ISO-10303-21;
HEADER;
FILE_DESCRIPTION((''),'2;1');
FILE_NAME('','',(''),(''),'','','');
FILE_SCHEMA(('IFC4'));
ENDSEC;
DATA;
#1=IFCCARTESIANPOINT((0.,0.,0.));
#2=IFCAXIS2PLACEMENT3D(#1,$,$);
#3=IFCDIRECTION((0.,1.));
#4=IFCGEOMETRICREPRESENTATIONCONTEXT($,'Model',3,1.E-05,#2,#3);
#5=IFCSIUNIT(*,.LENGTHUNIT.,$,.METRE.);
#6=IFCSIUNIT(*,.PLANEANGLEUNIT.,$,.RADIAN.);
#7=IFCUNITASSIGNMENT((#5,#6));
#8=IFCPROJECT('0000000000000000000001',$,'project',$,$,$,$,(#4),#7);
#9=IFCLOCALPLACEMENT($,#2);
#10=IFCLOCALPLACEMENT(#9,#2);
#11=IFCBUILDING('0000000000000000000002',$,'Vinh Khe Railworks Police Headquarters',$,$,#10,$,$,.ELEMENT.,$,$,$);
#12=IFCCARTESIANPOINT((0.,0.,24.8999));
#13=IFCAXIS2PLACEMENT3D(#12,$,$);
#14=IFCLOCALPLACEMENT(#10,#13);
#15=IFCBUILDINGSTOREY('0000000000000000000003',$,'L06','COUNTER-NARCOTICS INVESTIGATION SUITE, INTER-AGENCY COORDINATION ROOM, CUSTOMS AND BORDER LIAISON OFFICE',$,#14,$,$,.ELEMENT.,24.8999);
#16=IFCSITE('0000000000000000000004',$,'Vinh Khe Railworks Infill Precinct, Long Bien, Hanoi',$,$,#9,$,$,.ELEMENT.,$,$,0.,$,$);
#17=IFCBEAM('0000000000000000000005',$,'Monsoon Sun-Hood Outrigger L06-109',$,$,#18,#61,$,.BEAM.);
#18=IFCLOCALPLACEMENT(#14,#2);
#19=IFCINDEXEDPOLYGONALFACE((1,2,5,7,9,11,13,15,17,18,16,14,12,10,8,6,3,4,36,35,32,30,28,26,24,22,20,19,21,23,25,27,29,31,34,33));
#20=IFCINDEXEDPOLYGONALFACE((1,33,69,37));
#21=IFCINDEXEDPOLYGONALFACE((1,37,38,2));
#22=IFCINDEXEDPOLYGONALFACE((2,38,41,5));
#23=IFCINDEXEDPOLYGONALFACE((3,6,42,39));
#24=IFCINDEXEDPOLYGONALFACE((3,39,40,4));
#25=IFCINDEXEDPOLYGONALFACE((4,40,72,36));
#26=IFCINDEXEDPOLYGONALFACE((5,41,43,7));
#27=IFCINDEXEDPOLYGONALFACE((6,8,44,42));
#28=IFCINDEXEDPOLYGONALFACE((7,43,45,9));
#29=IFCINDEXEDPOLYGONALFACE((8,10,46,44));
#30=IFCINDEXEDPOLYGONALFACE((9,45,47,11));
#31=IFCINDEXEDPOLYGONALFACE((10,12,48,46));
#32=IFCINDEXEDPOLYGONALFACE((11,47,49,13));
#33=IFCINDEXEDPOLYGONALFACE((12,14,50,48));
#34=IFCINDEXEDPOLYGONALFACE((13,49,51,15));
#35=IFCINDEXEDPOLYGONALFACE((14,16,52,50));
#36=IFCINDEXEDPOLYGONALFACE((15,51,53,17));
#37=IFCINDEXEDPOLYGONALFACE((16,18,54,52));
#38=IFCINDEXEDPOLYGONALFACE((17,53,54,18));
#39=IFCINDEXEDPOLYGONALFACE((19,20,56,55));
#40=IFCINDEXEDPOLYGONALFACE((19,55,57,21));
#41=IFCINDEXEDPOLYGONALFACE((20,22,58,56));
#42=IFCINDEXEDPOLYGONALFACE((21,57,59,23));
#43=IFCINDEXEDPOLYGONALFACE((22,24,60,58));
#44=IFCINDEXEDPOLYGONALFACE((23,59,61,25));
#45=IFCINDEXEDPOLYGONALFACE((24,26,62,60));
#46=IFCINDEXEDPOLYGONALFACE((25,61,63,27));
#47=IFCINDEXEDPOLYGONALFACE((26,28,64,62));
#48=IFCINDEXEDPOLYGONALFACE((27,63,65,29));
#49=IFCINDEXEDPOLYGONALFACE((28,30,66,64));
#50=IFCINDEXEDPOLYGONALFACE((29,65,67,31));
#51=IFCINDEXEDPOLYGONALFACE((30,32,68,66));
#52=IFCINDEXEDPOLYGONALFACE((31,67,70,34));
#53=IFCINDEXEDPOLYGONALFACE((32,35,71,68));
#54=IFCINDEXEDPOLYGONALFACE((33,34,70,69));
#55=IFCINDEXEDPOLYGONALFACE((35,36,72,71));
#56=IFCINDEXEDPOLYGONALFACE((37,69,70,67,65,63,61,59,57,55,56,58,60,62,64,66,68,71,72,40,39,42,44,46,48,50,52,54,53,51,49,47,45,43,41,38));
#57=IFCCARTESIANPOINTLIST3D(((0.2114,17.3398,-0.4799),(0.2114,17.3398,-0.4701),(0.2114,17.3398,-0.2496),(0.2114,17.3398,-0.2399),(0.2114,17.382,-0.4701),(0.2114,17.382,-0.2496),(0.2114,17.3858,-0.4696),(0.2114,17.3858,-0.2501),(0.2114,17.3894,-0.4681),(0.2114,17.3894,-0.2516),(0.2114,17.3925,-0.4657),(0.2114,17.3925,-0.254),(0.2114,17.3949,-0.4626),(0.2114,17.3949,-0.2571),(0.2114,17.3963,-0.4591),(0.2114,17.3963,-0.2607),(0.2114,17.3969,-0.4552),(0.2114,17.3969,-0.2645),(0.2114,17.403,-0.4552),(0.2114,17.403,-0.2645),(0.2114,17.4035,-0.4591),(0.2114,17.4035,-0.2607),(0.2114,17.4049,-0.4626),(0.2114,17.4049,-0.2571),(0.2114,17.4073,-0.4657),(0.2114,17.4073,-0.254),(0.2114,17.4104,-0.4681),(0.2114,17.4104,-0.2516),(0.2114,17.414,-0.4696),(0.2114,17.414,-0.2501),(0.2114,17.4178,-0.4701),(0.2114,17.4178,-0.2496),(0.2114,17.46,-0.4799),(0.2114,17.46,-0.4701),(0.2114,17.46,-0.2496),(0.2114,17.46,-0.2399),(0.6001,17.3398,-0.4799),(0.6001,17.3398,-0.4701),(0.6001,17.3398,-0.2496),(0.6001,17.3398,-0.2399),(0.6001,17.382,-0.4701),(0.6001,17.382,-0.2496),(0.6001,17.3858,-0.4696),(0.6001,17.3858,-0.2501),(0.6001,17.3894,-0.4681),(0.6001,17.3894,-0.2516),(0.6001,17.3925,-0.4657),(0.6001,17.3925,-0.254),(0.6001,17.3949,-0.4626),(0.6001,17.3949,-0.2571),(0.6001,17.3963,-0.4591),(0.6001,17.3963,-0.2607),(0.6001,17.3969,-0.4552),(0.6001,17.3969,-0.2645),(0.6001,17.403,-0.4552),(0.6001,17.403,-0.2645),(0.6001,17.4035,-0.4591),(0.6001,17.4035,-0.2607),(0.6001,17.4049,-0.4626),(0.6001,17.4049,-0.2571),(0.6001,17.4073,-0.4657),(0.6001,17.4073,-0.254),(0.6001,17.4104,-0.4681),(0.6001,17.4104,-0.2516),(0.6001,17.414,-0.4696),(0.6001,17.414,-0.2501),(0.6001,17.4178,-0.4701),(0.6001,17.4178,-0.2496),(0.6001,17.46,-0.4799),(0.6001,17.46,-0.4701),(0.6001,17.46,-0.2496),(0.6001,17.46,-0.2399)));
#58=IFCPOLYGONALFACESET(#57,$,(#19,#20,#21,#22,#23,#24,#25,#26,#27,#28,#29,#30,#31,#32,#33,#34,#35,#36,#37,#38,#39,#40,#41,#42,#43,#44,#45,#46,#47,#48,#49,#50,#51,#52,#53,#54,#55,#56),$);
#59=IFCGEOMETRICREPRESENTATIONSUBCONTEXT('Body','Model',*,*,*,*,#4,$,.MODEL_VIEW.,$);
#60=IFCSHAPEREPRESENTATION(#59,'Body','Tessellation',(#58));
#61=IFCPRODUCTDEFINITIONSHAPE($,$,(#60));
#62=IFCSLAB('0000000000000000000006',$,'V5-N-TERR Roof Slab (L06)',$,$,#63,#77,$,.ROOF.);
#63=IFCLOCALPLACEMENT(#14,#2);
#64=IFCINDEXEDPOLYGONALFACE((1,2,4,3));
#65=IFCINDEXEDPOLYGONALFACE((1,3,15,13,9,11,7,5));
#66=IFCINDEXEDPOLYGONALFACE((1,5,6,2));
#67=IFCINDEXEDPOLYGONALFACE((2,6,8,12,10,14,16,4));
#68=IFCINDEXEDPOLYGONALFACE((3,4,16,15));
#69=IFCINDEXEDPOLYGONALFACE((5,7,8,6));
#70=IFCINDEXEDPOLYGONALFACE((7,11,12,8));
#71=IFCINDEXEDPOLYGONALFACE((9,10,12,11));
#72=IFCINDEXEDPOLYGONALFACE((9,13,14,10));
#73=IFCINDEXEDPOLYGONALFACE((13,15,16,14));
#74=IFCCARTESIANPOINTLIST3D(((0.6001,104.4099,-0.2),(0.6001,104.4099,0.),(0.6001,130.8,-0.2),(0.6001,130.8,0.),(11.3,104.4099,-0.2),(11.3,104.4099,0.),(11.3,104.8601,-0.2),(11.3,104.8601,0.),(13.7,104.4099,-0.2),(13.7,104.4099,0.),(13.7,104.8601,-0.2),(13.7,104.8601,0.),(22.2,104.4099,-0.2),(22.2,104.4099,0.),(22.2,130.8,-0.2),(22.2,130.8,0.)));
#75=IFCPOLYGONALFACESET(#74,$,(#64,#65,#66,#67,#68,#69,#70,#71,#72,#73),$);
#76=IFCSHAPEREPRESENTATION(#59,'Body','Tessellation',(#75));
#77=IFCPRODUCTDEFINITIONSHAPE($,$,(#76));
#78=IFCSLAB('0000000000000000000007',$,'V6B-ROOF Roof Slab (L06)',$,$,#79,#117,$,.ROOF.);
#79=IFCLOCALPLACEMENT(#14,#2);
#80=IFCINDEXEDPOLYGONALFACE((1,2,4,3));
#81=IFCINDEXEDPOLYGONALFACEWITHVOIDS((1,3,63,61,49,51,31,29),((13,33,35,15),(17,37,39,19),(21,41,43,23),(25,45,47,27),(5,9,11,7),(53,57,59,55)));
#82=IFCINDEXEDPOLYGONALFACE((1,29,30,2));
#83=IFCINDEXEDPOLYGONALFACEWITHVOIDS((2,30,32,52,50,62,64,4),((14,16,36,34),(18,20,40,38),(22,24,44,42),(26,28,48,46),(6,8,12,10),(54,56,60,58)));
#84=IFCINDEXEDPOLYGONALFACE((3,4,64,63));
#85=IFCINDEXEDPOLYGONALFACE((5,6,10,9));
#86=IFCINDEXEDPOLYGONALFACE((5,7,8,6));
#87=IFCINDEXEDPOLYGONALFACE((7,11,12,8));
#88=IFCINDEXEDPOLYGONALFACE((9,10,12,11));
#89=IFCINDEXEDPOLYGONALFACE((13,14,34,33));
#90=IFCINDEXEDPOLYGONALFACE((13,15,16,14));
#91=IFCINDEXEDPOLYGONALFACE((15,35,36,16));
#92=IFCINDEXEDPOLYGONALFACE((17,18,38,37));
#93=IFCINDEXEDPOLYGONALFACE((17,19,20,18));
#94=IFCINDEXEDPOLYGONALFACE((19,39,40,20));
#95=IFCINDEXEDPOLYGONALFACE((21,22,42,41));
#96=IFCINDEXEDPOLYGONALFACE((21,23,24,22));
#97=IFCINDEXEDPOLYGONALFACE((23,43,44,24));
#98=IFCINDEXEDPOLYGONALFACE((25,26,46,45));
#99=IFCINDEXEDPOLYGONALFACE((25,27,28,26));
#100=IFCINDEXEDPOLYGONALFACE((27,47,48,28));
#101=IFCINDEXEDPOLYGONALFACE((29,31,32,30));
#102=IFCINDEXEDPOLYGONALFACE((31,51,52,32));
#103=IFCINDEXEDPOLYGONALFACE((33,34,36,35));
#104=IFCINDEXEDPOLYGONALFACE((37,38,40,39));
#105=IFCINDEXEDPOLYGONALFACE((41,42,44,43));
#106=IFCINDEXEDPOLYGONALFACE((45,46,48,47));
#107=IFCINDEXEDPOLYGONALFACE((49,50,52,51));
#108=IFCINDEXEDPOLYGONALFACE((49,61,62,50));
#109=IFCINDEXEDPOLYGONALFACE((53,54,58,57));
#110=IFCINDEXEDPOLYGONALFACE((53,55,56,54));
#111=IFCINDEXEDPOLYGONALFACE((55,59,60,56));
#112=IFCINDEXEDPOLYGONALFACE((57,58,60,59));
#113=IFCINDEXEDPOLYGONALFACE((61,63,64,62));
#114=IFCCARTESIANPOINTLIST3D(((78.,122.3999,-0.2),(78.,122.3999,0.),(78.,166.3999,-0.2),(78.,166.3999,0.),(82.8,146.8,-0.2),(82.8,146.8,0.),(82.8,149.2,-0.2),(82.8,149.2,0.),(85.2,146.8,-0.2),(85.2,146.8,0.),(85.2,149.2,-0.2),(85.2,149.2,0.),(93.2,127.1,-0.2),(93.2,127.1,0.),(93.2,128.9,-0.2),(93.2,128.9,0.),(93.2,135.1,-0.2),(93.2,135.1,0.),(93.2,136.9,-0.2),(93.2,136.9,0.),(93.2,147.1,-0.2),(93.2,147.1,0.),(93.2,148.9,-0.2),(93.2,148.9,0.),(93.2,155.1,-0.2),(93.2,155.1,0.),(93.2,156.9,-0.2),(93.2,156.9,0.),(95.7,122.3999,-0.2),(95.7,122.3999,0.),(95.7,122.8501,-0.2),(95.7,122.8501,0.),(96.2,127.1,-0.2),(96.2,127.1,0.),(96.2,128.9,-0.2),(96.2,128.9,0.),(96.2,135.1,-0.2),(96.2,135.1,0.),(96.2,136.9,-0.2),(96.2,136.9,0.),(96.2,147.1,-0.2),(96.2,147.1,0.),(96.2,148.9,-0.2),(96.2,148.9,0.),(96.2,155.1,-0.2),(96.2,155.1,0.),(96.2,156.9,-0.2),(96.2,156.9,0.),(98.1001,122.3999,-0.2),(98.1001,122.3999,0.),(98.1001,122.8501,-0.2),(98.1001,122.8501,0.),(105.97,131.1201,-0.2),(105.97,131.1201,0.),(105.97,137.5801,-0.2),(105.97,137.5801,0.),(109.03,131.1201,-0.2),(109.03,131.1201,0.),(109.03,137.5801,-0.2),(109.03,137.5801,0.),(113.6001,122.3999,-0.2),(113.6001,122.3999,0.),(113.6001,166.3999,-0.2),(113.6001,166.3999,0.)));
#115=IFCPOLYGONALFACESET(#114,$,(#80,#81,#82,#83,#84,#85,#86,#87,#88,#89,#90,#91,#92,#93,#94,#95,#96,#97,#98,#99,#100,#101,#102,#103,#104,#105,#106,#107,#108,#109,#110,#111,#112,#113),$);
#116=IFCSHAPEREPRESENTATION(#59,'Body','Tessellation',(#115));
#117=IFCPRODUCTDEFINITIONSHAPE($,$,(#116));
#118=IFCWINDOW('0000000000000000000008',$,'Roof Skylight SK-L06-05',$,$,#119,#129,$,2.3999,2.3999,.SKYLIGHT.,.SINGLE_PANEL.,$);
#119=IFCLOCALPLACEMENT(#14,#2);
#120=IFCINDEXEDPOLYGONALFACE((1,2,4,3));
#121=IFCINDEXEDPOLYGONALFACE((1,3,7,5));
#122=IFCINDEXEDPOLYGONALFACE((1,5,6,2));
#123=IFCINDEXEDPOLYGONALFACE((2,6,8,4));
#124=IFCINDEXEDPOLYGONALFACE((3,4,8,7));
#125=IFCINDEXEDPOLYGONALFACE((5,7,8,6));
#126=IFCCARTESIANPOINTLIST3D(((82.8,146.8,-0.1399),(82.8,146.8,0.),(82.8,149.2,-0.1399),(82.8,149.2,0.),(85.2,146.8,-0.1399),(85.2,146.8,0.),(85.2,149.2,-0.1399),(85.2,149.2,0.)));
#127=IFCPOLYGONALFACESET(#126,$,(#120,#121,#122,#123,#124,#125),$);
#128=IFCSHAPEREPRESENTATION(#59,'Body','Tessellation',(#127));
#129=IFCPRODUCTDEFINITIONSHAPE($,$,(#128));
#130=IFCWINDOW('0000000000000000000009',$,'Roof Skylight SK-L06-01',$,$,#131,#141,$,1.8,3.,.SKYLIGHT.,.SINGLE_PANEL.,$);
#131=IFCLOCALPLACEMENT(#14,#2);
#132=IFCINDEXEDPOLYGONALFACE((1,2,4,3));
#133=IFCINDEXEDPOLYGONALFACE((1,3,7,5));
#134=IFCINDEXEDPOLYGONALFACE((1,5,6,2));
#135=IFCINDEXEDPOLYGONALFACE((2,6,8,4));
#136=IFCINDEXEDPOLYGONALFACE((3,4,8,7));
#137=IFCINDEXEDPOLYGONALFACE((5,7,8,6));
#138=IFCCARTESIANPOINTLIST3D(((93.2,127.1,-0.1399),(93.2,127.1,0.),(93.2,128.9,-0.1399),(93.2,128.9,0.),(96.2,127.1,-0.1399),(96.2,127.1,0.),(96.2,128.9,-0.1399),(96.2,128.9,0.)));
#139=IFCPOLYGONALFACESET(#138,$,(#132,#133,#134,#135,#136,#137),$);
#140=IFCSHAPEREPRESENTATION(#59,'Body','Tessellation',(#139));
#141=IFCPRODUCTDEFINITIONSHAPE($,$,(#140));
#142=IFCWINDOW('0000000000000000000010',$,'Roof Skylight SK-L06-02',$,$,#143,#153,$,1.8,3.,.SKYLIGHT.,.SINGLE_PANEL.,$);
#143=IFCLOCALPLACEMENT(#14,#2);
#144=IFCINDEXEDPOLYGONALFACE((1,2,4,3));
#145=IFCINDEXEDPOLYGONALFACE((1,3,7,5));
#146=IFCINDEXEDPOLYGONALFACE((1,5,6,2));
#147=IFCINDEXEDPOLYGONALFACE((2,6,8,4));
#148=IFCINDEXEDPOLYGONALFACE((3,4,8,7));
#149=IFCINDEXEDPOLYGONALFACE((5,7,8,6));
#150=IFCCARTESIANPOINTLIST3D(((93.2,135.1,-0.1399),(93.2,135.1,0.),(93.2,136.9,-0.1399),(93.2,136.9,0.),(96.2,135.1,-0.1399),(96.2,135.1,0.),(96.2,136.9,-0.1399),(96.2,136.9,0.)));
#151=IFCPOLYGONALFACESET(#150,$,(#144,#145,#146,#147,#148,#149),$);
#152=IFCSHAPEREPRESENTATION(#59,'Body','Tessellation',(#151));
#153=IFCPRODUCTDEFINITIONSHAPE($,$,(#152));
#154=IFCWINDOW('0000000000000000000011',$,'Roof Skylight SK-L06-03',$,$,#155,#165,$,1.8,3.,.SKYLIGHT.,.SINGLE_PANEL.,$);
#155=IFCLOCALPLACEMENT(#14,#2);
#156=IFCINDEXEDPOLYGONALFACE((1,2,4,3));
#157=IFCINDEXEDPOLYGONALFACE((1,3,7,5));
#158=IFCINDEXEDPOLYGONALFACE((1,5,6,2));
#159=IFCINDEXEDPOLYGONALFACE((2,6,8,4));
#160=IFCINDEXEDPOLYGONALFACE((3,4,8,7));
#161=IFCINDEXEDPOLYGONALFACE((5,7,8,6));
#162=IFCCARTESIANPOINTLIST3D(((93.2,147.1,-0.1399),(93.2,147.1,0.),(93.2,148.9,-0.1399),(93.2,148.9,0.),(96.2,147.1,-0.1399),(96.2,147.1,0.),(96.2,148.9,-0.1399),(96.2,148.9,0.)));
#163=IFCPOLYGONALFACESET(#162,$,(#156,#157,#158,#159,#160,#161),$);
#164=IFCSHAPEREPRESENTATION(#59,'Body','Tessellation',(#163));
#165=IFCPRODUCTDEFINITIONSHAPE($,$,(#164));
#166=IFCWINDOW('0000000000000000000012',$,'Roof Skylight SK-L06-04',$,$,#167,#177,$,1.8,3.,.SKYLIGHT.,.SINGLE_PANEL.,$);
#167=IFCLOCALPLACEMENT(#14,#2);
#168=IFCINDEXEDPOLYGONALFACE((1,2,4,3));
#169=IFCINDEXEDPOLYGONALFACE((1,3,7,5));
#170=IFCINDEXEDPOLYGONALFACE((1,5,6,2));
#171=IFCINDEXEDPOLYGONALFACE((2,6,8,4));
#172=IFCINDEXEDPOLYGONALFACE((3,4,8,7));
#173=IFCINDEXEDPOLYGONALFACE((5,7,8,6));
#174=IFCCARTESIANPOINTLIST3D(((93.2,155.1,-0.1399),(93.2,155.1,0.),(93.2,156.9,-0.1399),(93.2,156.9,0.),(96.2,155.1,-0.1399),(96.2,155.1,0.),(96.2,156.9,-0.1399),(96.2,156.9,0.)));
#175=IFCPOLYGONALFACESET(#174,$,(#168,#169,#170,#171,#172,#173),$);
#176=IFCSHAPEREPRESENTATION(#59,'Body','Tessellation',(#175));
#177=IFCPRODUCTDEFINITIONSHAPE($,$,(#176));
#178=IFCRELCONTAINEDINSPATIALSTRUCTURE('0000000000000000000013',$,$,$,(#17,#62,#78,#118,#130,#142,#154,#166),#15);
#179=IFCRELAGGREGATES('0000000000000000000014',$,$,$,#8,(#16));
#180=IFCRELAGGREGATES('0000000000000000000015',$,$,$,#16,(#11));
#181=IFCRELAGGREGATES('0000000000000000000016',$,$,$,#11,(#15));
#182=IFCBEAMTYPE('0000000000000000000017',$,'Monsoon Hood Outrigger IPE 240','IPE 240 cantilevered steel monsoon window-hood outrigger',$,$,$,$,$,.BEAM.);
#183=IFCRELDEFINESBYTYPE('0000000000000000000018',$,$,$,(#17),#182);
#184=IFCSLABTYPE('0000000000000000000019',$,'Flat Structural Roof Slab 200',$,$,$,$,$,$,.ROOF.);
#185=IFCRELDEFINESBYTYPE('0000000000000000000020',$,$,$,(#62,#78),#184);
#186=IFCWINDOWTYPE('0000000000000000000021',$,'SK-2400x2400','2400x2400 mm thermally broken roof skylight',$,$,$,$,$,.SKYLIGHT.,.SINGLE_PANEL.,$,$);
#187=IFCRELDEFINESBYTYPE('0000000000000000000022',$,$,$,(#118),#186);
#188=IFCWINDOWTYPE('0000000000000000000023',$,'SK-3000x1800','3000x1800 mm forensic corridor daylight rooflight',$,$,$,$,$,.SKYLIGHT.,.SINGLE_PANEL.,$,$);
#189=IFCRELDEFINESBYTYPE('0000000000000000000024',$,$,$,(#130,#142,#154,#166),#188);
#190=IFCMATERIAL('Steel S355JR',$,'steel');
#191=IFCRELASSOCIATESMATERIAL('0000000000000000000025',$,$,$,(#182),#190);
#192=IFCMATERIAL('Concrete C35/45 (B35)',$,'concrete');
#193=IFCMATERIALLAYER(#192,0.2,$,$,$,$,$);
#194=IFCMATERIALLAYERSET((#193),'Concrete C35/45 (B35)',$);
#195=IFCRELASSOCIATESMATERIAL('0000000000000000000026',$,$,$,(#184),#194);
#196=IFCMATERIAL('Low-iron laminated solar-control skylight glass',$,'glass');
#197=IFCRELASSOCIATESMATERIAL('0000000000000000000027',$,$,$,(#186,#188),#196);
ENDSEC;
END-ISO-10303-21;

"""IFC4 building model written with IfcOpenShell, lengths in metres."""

from ifc_helpers import new_model, si_unit, direction, frame, origin, origin_2d, place, context, subcontext, project, spatial, polyline, rectangle, i_section, outline, extrude, material, layer, layer_set, material_profile, profile_set, type_object, element, fill, save


model = new_model("IFC4")

# Units and contexts
model_context = context("Model", 3, precision=1e-05, world=origin(), true_north=direction((0.0, 1.0)))
body_context = subcontext(model_context, "Body", "Model", "MODEL_VIEW")
ifc_project = project(units=[si_unit("LENGTHUNIT", "METRE"), si_unit("PLANEANGLEUNIT", "RADIAN")], contexts=[model_context])

# Site, building, storey
site_placement = place(None, origin())
site = spatial("IfcSite", under=ifc_project, at=site_placement, Name="Vinh Khe Railworks Infill Precinct, Long Bien, Hanoi", CompositionType="ELEMENT", RefElevation=0.0)
building_placement = place(site_placement, origin())
building = spatial("IfcBuilding", under=site, at=building_placement, Name="Vinh Khe Railworks Police Headquarters", CompositionType="ELEMENT")
storey_placement = place(building_placement, frame((0.0, 0.0, 24.8999)))
storey = spatial("IfcBuildingStorey", under=building, at=storey_placement, Name="L06", Description="COUNTER-NARCOTICS INVESTIGATION SUITE, INTER-AGENCY COORDINATION ROOM, CUSTOMS AND BORDER LIAISON OFFICE", CompositionType="ELEMENT", Elevation=24.8999)

# Beam
ifc_material_1 = material(Name="Steel S355JR", Category="steel")
ifc_material_profile = material_profile(ifc_material_1, i_section(OverallWidth=0.1201, OverallDepth=0.24, WebThickness=0.0061, FlangeThickness=0.0098, FilletRadius=0.0149, at=origin_2d()), Name="IPE 240")
ifc_profile_set = profile_set([ifc_material_profile], Name="Steel S355JR")
beam_type = type_object("IfcBeamType", Name="Monsoon Hood Outrigger IPE 240", Description="IPE 240 cantilevered steel monsoon window-hood outrigger", PredefinedType="BEAM", material=ifc_profile_set)
beam_placement = place(storey_placement, frame((0.2114, 17.3999, -0.3599), z_axis=(1.0, 0.0, 0.0), x_axis=(0.0, 1.0, 0.0)))
element("IfcBeam", 1, at=beam_placement, inside=storey, type_object=beam_type, Name="Monsoon Sun-Hood Outrigger L06-109", PredefinedType="BEAM", context=body_context, shape_type="SweptSolid", body=[
    extrude(i_section(OverallWidth=0.1201, OverallDepth=0.24, WebThickness=0.0061, FlangeThickness=0.0098, FilletRadius=0.0149, at=origin_2d()), origin(), (0.0, 0.0, 1.0), 0.3887),
])

# Slab
ifc_material_2 = material(Name="Concrete C35/45 (B35)", Category="concrete")
ifc_layer_1 = layer(ifc_material_2, 0.2)
ifc_layer_set_1 = layer_set([ifc_layer_1], Name="Concrete C35/45 (B35)")
slab_type_1 = type_object("IfcSlabType", Name="Flat Structural Roof Slab 200", PredefinedType="ROOF", material=ifc_layer_set_1)
slab_1_placement = place(storey_placement, frame((0.0, 0.0, -0.2)))
element("IfcSlab", 2, at=slab_1_placement, inside=storey, type_object=slab_type_1, Name="V5-N-TERR Roof Slab (L06)", PredefinedType="ROOF", context=body_context, shape_type="SweptSolid", body=[
    extrude(outline(polyline([(0.6001, 104.4099), (11.3, 104.4099), (11.3, 104.8601), (13.7, 104.8601), (13.7, 104.4099), (22.2, 104.4099), (22.2, 130.8), (0.6001, 130.8), (0.6001, 104.4099)])), origin(), (0.0, 0.0, 1.0), 0.2),
])

# Slab, openings, windows
slab_2_placement = place(storey_placement, frame((0.0, 0.0, -0.2)))
slab_2 = element("IfcSlab", 3, at=slab_2_placement, inside=storey, type_object=slab_type_1, Name="V6B-ROOF Roof Slab (L06)", PredefinedType="ROOF", context=body_context, shape_type="SweptSolid", body=[
    extrude(outline(polyline([(78.0, 122.3999), (95.7, 122.3999), (95.7, 122.8501), (98.1001, 122.8501), (98.1001, 122.3999), (113.6001, 122.3999), (113.6001, 166.3999), (78.0, 166.3999), (78.0, 122.3999)]), holes=[polyline([(105.97, 131.1201), (109.03, 131.1201), (109.03, 137.5801), (105.97, 137.5801), (105.97, 131.1201)])]), origin(), (0.0, 0.0, 1.0), 0.2),
])
opening_1_placement = place(slab_2_placement, frame((94.7, 128.0, -0.0149)))
opening_1 = element("IfcOpeningElement", 4, at=opening_1_placement, cuts=slab_2, PredefinedType="OPENING", context=body_context, shape_type="SweptSolid", body=[
    extrude(rectangle(XDim=3.0, YDim=1.8, at=origin_2d()), origin(), (0.0, 0.0, 1.0), 0.2297),
])
opening_2_placement = place(slab_2_placement, frame((94.7, 136.0, -0.0149)))
opening_2 = element("IfcOpeningElement", 5, at=opening_2_placement, cuts=slab_2, PredefinedType="OPENING", context=body_context, shape_type="SweptSolid", body=[
    extrude(rectangle(XDim=3.0, YDim=1.8, at=origin_2d()), origin(), (0.0, 0.0, 1.0), 0.2297),
])
opening_3_placement = place(slab_2_placement, frame((94.7, 148.0, -0.0149)))
opening_3 = element("IfcOpeningElement", 6, at=opening_3_placement, cuts=slab_2, PredefinedType="OPENING", context=body_context, shape_type="SweptSolid", body=[
    extrude(rectangle(XDim=3.0, YDim=1.8, at=origin_2d()), origin(), (0.0, 0.0, 1.0), 0.2297),
])
opening_4_placement = place(slab_2_placement, frame((94.7, 156.0, -0.0149)))
opening_4 = element("IfcOpeningElement", 7, at=opening_4_placement, cuts=slab_2, PredefinedType="OPENING", context=body_context, shape_type="SweptSolid", body=[
    extrude(rectangle(XDim=3.0, YDim=1.8, at=origin_2d()), origin(), (0.0, 0.0, 1.0), 0.2297),
])
opening_5_placement = place(slab_2_placement, frame((84.0, 148.0, -0.0149)))
opening_5 = element("IfcOpeningElement", 8, at=opening_5_placement, cuts=slab_2, PredefinedType="OPENING", context=body_context, shape_type="SweptSolid", body=[
    extrude(rectangle(XDim=2.3999, YDim=2.3999, at=origin_2d()), origin(), (0.0, 0.0, 1.0), 0.2297),
])
ifc_material_3 = material(Name="Low-iron laminated solar-control skylight glass", Category="glass")
window_type_1 = type_object("IfcWindowType", Name="SK-2400x2400", Description="2400x2400 mm thermally broken roof skylight", PartitioningType="SINGLE_PANEL", PredefinedType="SKYLIGHT", material=ifc_material_3)
window_1_placement = place(slab_2_placement, frame((84.0, 148.0, 0.0601)))
window_1 = element("IfcWindow", 9, at=window_1_placement, inside=storey, type_object=window_type_1, Name="Roof Skylight SK-L06-05", OverallHeight=2.3999, OverallWidth=2.3999, PartitioningType="SINGLE_PANEL", PredefinedType="SKYLIGHT", context=body_context, shape_type="SweptSolid", body=[
    extrude(rectangle(XDim=2.3999, YDim=2.3999, at=origin_2d()), origin(), (0.0, 0.0, 1.0), 0.1399),
])
fill(opening_5, window_1)
window_type_2 = type_object("IfcWindowType", Name="SK-3000x1800", Description="3000x1800 mm forensic corridor daylight rooflight", PartitioningType="SINGLE_PANEL", PredefinedType="SKYLIGHT", material=ifc_material_3)
window_2_placement = place(slab_2_placement, frame((94.7, 128.0, 0.0601)))
window_2 = element("IfcWindow", 10, at=window_2_placement, inside=storey, type_object=window_type_2, Name="Roof Skylight SK-L06-01", OverallHeight=1.8, OverallWidth=3.0, PartitioningType="SINGLE_PANEL", PredefinedType="SKYLIGHT", context=body_context, shape_type="SweptSolid", body=[
    extrude(rectangle(XDim=3.0, YDim=1.8, at=origin_2d()), origin(), (0.0, 0.0, 1.0), 0.1399),
])
fill(opening_1, window_2)
window_3_placement = place(slab_2_placement, frame((94.7, 136.0, 0.0601)))
window_3 = element("IfcWindow", 11, at=window_3_placement, inside=storey, type_object=window_type_2, Name="Roof Skylight SK-L06-02", OverallHeight=1.8, OverallWidth=3.0, PartitioningType="SINGLE_PANEL", PredefinedType="SKYLIGHT", context=body_context, shape_type="SweptSolid", body=[
    extrude(rectangle(XDim=3.0, YDim=1.8, at=origin_2d()), origin(), (0.0, 0.0, 1.0), 0.1399),
])
fill(opening_2, window_3)
window_4_placement = place(slab_2_placement, frame((94.7, 148.0, 0.0601)))
window_4 = element("IfcWindow", 12, at=window_4_placement, inside=storey, type_object=window_type_2, Name="Roof Skylight SK-L06-03", OverallHeight=1.8, OverallWidth=3.0, PartitioningType="SINGLE_PANEL", PredefinedType="SKYLIGHT", context=body_context, shape_type="SweptSolid", body=[
    extrude(rectangle(XDim=3.0, YDim=1.8, at=origin_2d()), origin(), (0.0, 0.0, 1.0), 0.1399),
])
fill(opening_3, window_4)
window_5_placement = place(slab_2_placement, frame((94.7, 156.0, 0.0601)))
window_5 = element("IfcWindow", 13, at=window_5_placement, inside=storey, type_object=window_type_2, Name="Roof Skylight SK-L06-04", OverallHeight=1.8, OverallWidth=3.0, PartitioningType="SINGLE_PANEL", PredefinedType="SKYLIGHT", context=body_context, shape_type="SweptSolid", body=[
    extrude(rectangle(XDim=3.0, YDim=1.8, at=origin_2d()), origin(), (0.0, 0.0, 1.0), 0.1399),
])
fill(opening_4, window_5)

save(model, "model.ifc")
